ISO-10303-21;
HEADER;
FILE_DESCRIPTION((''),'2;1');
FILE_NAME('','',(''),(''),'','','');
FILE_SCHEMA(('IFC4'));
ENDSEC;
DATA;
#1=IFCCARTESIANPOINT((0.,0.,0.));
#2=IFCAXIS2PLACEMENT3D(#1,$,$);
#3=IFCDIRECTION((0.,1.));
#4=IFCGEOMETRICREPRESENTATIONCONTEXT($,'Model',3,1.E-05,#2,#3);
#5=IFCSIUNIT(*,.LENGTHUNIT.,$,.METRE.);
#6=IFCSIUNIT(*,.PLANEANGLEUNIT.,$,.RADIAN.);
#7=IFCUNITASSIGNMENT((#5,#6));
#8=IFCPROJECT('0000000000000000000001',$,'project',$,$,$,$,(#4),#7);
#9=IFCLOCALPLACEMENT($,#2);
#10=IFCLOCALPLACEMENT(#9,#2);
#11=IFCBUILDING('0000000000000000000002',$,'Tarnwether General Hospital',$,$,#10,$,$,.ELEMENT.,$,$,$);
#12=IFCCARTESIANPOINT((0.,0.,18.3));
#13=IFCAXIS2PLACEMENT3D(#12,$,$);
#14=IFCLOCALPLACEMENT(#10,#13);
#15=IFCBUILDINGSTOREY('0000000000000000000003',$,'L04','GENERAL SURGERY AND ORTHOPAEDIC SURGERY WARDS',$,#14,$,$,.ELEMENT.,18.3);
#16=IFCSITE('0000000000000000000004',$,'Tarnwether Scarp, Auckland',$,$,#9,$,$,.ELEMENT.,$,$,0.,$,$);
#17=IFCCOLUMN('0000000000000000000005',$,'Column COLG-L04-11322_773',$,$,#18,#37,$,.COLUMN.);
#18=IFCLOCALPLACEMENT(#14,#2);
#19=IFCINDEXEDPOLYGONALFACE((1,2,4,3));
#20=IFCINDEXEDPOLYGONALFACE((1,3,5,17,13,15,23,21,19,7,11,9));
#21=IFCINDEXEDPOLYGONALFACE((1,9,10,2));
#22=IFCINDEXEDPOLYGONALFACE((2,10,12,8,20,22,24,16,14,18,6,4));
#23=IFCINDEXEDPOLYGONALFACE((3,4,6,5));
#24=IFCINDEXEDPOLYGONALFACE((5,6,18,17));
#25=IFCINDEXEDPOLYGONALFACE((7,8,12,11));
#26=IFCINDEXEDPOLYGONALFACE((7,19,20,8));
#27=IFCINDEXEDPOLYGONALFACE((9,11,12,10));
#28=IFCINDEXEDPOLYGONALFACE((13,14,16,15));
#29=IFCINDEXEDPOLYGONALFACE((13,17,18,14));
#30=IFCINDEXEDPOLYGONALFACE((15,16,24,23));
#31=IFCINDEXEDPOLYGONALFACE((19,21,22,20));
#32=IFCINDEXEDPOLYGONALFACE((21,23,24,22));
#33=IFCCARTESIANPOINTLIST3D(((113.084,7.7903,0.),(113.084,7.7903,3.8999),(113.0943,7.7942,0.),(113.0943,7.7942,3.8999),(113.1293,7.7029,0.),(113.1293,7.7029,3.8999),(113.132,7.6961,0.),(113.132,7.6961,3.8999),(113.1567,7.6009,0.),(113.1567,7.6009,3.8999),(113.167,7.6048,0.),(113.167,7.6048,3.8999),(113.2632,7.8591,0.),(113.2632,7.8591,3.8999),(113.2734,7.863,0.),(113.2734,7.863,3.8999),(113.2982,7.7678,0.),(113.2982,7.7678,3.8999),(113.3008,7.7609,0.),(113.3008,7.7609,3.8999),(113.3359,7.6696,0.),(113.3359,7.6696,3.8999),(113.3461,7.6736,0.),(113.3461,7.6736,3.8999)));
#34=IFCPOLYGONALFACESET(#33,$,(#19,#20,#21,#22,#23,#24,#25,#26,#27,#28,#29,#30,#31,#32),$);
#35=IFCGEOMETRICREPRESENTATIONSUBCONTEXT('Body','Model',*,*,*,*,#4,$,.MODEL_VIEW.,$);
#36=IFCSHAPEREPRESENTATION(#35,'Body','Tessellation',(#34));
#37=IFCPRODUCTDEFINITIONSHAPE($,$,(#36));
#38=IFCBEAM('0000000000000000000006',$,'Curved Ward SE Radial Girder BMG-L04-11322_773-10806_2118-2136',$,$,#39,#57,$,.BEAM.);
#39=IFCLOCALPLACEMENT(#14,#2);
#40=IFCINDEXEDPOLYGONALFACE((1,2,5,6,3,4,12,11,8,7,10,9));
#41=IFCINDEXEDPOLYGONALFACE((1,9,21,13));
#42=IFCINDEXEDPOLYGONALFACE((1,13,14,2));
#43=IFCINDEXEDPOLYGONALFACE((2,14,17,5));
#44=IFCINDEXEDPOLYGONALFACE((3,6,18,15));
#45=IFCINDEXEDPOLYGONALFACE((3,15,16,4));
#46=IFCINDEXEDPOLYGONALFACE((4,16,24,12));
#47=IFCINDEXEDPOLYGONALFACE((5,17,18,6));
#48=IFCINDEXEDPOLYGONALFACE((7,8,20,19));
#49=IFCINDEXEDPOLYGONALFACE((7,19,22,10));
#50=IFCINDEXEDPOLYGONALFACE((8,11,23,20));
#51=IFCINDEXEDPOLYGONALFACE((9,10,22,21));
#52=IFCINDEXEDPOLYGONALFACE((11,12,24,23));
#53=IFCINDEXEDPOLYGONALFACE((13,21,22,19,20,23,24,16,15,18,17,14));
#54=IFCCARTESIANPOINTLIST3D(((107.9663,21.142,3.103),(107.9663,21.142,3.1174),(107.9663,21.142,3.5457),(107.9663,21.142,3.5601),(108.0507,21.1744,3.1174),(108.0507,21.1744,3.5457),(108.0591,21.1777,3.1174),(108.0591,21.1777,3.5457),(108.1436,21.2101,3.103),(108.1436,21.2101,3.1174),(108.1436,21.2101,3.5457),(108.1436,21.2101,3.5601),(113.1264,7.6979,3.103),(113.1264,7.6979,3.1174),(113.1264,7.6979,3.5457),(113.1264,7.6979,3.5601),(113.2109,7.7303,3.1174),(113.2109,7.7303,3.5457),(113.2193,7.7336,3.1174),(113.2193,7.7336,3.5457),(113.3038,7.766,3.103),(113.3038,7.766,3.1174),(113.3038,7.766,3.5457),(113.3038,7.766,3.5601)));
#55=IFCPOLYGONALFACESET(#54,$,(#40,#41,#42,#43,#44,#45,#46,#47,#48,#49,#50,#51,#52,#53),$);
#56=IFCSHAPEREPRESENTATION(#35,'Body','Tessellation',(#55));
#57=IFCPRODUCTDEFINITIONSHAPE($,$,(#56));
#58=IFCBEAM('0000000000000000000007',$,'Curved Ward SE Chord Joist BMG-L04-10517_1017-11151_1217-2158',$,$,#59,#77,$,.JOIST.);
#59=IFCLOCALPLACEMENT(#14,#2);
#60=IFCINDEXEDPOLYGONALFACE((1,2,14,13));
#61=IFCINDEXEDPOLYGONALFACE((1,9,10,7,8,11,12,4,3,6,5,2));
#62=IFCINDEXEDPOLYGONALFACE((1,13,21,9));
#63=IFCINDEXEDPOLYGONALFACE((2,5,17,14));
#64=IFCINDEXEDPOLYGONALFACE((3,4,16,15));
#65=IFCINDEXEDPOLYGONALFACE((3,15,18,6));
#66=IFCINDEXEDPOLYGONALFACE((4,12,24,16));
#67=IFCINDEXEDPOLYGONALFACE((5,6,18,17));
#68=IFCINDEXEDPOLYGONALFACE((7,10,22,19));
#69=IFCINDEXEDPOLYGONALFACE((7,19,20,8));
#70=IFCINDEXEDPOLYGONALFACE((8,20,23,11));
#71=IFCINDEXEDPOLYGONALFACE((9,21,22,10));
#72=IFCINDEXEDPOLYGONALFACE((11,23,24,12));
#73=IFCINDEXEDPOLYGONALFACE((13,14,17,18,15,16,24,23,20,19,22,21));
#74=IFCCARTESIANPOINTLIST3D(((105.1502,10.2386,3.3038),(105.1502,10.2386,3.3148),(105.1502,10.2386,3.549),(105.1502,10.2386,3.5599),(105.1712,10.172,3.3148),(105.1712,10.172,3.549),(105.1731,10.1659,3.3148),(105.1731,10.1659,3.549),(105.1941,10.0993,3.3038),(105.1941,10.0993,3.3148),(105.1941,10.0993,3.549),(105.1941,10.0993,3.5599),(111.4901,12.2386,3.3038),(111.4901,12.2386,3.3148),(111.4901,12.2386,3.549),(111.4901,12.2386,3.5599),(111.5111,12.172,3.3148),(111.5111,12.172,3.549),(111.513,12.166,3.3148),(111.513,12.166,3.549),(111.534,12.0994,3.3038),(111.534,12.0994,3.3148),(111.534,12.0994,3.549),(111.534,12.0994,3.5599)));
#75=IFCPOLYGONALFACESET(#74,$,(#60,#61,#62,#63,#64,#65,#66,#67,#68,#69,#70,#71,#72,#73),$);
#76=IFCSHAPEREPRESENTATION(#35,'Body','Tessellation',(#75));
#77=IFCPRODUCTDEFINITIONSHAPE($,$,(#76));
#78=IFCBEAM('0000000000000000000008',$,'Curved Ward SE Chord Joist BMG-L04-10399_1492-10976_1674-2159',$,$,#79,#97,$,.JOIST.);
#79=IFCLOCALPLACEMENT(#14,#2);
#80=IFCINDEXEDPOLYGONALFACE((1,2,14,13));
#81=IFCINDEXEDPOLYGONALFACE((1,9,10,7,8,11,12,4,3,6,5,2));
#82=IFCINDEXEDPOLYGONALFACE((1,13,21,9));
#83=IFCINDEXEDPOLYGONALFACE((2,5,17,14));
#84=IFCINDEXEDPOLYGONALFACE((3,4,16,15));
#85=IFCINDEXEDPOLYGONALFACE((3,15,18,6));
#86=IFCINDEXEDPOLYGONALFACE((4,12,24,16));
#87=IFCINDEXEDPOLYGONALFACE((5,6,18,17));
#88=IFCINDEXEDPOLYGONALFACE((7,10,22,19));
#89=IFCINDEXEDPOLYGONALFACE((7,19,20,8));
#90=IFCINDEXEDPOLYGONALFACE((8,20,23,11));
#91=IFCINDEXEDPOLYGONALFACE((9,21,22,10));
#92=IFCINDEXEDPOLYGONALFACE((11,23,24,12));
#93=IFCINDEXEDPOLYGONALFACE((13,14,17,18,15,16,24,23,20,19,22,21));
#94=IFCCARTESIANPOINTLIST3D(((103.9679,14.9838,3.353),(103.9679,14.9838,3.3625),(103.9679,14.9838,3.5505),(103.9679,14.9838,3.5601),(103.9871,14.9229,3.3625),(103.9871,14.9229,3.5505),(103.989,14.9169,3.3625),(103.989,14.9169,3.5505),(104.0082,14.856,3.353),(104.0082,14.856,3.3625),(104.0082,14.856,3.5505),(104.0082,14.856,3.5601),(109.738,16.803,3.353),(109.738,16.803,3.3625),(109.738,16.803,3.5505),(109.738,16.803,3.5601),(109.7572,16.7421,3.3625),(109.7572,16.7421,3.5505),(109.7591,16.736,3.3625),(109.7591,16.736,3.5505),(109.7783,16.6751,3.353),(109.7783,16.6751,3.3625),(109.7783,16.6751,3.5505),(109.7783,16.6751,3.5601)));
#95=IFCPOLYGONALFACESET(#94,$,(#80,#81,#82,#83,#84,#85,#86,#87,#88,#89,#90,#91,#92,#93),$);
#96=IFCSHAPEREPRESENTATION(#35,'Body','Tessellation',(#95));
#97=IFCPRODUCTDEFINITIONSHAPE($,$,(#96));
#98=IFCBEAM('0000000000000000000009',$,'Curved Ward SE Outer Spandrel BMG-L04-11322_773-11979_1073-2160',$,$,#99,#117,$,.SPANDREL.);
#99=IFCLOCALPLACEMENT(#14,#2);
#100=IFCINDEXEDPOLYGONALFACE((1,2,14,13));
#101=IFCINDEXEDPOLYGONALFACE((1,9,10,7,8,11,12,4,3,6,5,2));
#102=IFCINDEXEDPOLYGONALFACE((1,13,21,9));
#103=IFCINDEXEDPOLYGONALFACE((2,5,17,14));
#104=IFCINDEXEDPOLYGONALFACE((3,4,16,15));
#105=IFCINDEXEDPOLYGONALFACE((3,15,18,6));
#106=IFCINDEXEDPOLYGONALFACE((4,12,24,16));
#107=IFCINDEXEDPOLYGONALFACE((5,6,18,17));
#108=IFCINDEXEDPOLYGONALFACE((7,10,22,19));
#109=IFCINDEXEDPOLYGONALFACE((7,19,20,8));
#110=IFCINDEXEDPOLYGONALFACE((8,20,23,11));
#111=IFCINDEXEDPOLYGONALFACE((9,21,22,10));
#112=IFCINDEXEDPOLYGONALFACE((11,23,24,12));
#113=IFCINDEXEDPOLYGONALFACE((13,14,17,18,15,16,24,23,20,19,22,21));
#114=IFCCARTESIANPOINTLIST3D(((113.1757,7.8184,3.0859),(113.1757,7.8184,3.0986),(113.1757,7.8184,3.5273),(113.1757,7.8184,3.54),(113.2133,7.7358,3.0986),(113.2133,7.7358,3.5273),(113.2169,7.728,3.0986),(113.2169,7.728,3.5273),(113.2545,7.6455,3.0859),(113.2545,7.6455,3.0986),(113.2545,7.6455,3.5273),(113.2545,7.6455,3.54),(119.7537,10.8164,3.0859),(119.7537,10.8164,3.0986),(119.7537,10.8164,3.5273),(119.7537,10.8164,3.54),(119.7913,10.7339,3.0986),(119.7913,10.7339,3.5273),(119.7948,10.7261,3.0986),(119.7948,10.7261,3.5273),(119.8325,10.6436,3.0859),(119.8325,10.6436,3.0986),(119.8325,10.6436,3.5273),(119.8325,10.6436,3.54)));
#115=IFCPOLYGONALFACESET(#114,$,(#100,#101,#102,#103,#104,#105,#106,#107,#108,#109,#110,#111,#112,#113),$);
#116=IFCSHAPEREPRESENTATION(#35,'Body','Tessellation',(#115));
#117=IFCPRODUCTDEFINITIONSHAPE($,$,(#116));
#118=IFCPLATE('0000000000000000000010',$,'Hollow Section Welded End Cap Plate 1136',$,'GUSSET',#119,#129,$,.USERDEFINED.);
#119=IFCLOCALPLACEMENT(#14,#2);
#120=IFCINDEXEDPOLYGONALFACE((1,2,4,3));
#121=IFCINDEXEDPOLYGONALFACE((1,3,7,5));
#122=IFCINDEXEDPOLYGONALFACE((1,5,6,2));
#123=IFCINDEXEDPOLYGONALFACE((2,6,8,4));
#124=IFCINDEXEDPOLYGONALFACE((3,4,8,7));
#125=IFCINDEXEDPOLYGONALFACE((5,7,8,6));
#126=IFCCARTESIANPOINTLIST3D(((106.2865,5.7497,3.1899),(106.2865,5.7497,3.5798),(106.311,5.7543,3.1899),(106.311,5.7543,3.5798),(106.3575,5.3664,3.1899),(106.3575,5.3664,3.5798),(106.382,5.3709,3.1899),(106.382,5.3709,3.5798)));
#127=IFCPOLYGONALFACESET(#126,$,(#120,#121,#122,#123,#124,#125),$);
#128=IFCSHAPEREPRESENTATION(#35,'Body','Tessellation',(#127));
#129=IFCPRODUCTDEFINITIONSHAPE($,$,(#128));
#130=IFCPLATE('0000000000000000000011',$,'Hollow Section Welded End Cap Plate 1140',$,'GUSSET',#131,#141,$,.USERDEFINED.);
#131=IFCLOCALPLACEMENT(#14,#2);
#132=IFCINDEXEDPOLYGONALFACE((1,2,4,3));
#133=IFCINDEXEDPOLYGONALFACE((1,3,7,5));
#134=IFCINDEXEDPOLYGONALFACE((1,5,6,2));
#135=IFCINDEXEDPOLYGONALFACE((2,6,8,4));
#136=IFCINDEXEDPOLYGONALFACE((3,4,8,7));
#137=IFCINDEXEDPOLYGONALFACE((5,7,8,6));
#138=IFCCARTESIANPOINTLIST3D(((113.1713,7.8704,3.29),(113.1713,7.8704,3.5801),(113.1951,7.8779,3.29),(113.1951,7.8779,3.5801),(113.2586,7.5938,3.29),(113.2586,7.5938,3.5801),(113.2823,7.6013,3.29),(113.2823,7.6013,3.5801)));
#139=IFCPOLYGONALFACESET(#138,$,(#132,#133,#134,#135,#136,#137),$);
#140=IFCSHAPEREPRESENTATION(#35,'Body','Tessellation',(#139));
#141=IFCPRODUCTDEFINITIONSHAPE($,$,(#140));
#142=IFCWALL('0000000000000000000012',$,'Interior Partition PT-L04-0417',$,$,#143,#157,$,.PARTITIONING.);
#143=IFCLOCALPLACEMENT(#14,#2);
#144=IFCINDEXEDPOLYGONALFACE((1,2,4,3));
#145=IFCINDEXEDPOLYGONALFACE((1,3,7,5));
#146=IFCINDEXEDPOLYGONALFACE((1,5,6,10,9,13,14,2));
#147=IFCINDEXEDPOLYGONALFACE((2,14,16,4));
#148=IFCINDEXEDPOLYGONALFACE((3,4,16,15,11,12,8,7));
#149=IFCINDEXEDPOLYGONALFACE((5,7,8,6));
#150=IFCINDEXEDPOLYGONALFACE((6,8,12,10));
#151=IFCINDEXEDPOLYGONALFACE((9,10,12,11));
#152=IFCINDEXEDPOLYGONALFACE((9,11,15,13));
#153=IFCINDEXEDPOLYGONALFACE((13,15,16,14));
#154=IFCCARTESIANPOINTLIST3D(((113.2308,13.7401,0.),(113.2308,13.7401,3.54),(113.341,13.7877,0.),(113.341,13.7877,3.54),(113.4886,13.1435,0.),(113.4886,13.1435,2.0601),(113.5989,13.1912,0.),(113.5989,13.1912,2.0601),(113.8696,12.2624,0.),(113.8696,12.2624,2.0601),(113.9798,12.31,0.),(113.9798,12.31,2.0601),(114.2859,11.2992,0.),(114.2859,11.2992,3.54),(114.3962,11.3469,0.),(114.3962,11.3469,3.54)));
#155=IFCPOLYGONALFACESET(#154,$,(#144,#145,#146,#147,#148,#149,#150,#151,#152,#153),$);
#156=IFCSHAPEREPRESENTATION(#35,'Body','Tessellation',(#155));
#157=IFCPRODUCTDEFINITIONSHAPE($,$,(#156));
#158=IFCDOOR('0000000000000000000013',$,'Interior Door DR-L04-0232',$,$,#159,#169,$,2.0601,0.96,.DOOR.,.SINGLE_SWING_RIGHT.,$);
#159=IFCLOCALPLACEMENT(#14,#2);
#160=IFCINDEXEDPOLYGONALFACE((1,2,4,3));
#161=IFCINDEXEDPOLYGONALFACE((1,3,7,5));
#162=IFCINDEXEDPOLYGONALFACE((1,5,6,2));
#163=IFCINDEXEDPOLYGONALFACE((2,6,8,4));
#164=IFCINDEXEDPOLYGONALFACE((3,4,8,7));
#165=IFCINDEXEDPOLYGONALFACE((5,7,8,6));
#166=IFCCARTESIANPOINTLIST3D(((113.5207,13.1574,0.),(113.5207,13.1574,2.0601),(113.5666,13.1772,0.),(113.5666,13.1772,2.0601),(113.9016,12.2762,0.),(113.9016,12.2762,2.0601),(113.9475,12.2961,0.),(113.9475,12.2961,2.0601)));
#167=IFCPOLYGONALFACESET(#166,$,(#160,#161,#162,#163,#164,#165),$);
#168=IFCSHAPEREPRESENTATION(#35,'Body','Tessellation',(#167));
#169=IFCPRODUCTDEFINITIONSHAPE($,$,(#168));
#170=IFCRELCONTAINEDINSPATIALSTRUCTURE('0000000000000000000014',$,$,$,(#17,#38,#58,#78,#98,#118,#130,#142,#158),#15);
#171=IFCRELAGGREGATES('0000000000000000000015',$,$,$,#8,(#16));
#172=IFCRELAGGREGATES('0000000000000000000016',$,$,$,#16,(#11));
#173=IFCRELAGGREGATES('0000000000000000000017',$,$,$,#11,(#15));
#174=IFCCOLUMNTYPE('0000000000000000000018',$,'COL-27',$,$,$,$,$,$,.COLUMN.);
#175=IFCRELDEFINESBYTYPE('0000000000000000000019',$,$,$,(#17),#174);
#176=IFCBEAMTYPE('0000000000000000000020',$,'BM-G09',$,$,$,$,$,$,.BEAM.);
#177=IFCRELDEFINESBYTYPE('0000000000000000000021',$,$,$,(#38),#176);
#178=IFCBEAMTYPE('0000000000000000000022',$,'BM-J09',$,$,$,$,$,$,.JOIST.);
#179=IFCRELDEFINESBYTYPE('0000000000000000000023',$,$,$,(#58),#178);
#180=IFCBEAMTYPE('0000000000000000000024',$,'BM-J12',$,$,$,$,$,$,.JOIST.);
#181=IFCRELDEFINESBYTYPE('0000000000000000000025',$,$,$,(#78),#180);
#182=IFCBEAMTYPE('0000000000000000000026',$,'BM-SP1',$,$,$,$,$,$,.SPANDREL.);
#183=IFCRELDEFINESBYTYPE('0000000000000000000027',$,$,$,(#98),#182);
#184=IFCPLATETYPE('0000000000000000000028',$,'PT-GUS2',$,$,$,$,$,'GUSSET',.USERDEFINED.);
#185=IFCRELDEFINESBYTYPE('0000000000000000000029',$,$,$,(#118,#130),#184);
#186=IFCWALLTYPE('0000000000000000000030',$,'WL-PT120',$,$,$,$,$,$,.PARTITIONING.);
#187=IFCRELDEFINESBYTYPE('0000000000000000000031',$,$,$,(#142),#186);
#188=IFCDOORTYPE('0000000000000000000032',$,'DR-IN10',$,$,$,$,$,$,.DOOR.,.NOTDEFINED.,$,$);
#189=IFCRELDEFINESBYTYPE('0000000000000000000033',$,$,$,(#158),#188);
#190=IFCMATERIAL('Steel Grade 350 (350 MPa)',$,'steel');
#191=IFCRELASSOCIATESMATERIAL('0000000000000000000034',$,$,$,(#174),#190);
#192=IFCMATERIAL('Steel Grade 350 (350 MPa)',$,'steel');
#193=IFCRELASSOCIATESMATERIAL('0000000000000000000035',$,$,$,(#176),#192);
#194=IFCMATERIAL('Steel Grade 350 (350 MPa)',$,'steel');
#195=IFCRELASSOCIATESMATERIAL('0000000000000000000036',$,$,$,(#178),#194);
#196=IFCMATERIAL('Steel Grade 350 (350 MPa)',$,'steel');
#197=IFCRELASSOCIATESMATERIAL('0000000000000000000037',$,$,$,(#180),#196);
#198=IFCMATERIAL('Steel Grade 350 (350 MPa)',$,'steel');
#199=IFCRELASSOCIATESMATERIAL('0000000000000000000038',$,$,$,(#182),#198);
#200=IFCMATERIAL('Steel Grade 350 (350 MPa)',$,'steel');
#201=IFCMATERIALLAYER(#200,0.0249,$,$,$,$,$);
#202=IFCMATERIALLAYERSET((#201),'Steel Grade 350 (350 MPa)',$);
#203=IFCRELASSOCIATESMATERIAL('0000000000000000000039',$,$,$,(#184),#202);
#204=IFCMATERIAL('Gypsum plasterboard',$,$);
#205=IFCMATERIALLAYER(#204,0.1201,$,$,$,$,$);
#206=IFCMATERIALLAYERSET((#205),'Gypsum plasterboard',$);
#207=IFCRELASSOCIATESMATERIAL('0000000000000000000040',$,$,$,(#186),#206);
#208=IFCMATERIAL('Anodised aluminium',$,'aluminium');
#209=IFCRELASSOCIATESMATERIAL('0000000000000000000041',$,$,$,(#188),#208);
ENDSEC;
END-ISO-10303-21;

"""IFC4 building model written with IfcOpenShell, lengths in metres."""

from ifc_helpers import new_model, si_unit, direction, frame, frame_2d, origin, origin_2d, place, context, subcontext, project, spatial, rectangle, i_section, extrude, material, layer, layer_set, material_profile, profile_set, type_object, element, fill, save


model = new_model("IFC4")

# Units and contexts
model_context = context("Model", 3, precision=1e-05, world=origin(), true_north=direction((0.0, 1.0)))
body_context = subcontext(model_context, "Body", "Model", "MODEL_VIEW")
ifc_project = project(units=[si_unit("LENGTHUNIT", "METRE"), si_unit("PLANEANGLEUNIT", "RADIAN")], contexts=[model_context])

# Site, building, storey
site_placement = place(None, origin())
site = spatial("IfcSite", under=ifc_project, at=site_placement, Name="Tarnwether Scarp, Auckland", CompositionType="ELEMENT", RefElevation=0.0)
building_placement = place(site_placement, origin())
building = spatial("IfcBuilding", under=site, at=building_placement, Name="Tarnwether General Hospital", CompositionType="ELEMENT")
storey_placement = place(building_placement, frame((0.0, 0.0, 18.3)))
storey = spatial("IfcBuildingStorey", under=building, at=storey_placement, Name="L04", Description="GENERAL SURGERY AND ORTHOPAEDIC SURGERY WARDS", CompositionType="ELEMENT", Elevation=18.3)

# Column
ifc_material_1 = material(Name="Steel Grade 350 (350 MPa)", Category="steel")
ifc_material_profile_1 = material_profile(ifc_material_1, i_section(OverallWidth=0.2029, OverallDepth=0.2029, WebThickness=0.0073, FlangeThickness=0.011, at=origin_2d()), Name="200UC46.2")
ifc_profile_set_1 = profile_set([ifc_material_profile_1], Name="Steel Grade 350 (350 MPa)")
column_type = type_object("IfcColumnType", Name="COL-27", PredefinedType="COLUMN", material=ifc_profile_set_1)
column_placement = place(storey_placement, frame((113.2151, 7.7319, 0.0), z_axis=(0.0, 0.0, 1.0), x_axis=(-0.358368, 0.93358, 0.0)))
element("IfcColumn", 1, at=column_placement, inside=storey, type_object=column_type, Name="Column COLG-L04-11322_773", PredefinedType="COLUMN", context=body_context, shape_type="SweptSolid", body=[
    extrude(i_section(OverallWidth=0.2029, OverallDepth=0.2029, WebThickness=0.0073, FlangeThickness=0.011, at=origin_2d()), origin(), (0.0, 0.0, 1.0), 3.8999),
])

# Beams
ifc_material_2 = material(Name="Steel Grade 350 (350 MPa)", Category="steel")
ifc_material_profile_2 = material_profile(ifc_material_2, i_section(OverallWidth=0.1899, OverallDepth=0.457, WebThickness=0.009, FlangeThickness=0.0144, at=origin_2d()), Name="460UB74.6")
ifc_profile_set_2 = profile_set([ifc_material_profile_2], Name="Steel Grade 350 (350 MPa)")
beam_type_1 = type_object("IfcBeamType", Name="BM-G09", PredefinedType="BEAM", material=ifc_profile_set_2)
beam_1_placement = place(storey_placement, frame((113.2151, 7.7319, 3.3315), z_axis=(-0.358335, 0.933593, 0.0), x_axis=(-0.933593, -0.358335, 0.0)))
element("IfcBeam", 2, at=beam_1_placement, inside=storey, type_object=beam_type_1, Name="Curved Ward SE Radial Girder BMG-L04-11322_773-10806_2118-2136", PredefinedType="BEAM", context=body_context, shape_type="SweptSolid", body=[
    extrude(i_section(OverallWidth=0.1899, OverallDepth=0.457, WebThickness=0.009, FlangeThickness=0.0144, at=origin_2d()), origin(), (0.0, 0.0, 1.0), 14.4004),
])
ifc_material_3 = material(Name="Steel Grade 350 (350 MPa)", Category="steel")
ifc_material_profile_3 = material_profile(ifc_material_3, i_section(OverallWidth=0.146, OverallDepth=0.2561, WebThickness=0.0063, FlangeThickness=0.011, at=origin_2d()), Name="250UB37.3")
ifc_profile_set_3 = profile_set([ifc_material_profile_3], Name="Steel Grade 350 (350 MPa)")
beam_type_2 = type_object("IfcBeamType", Name="BM-J09", PredefinedType="JOIST", material=ifc_profile_set_3)
beam_2_placement = place(storey_placement, frame((105.1721, 10.1689, 3.4319), z_axis=(0.953671, 0.30085, 0.0), x_axis=(-0.30085, 0.953671, 0.0)))
element("IfcBeam", 3, at=beam_2_placement, inside=storey, type_object=beam_type_2, Name="Curved Ward SE Chord Joist BMG-L04-10517_1017-11151_1217-2158", PredefinedType="JOIST", context=body_context, shape_type="SweptSolid", body=[
    extrude(i_section(OverallWidth=0.146, OverallDepth=0.2561, WebThickness=0.0063, FlangeThickness=0.011, at=origin_2d()), origin(), (0.0, 0.0, 1.0), 6.6479),
])
ifc_material_4 = material(Name="Steel Grade 350 (350 MPa)", Category="steel")
ifc_material_profile_4 = material_profile(ifc_material_4, i_section(OverallWidth=0.134, OverallDepth=0.207, WebThickness=0.0063, FlangeThickness=0.0095, at=origin_2d()), Name="200UB29.8")
ifc_profile_set_4 = profile_set([ifc_material_profile_4], Name="Steel Grade 350 (350 MPa)")
beam_type_3 = type_object("IfcBeamType", Name="BM-J12", PredefinedType="JOIST", material=ifc_profile_set_4)
beam_3_placement = place(storey_placement, frame((103.988, 14.9199, 3.4565), z_axis=(0.953726, 0.300677, 0.0), x_axis=(-0.300677, 0.953726, 0.0)))
element("IfcBeam", 4, at=beam_3_placement, inside=storey, type_object=beam_type_3, Name="Curved Ward SE Chord Joist BMG-L04-10399_1492-10976_1674-2159", PredefinedType="JOIST", context=body_context, shape_type="SweptSolid", body=[
    extrude(i_section(OverallWidth=0.134, OverallDepth=0.207, WebThickness=0.0063, FlangeThickness=0.0095, at=origin_2d()), origin(), (0.0, 0.0, 1.0), 6.05),
])
ifc_material_5 = material(Name="Steel Grade 350 (350 MPa)", Category="steel")
ifc_material_profile_5 = material_profile(ifc_material_5, i_section(OverallWidth=0.1899, OverallDepth=0.4541, WebThickness=0.0085, FlangeThickness=0.0127, at=origin_2d()), Name="460UB67.1")
ifc_profile_set_5 = profile_set([ifc_material_profile_5], Name="Steel Grade 350 (350 MPa)")
beam_type_4 = type_object("IfcBeamType", Name="BM-SP1", PredefinedType="SPANDREL", material=ifc_profile_set_5)
beam_4_placement = place(storey_placement, frame((113.2151, 7.7319, 3.313), z_axis=(0.909944, 0.414731, 0.0), x_axis=(-0.414731, 0.909944, 0.0)))
element("IfcBeam", 5, at=beam_4_placement, inside=storey, type_object=beam_type_4, Name="Curved Ward SE Outer Spandrel BMG-L04-11322_773-11979_1073-2160", PredefinedType="SPANDREL", context=body_context, shape_type="SweptSolid", body=[
    extrude(i_section(OverallWidth=0.1899, OverallDepth=0.4541, WebThickness=0.0085, FlangeThickness=0.0127, at=origin_2d()), origin(), (0.0, 0.0, 1.0), 7.229),
])

# Plates
ifc_material_6 = material(Name="Steel Grade 350 (350 MPa)", Category="steel")
ifc_layer_1 = layer(ifc_material_6, 0.0249)
ifc_layer_set_1 = layer_set([ifc_layer_1], Name="Steel Grade 350 (350 MPa)")
plate_type = type_object("IfcPlateType", Name="PT-GUS2", ElementType="GUSSET", PredefinedType="USERDEFINED", material=ifc_layer_set_1)
plate_1_placement = place(storey_placement, frame((106.3342, 5.5603, 3.1899), z_axis=(0.0, 0.0, 1.0), x_axis=(0.983261, 0.182201, 0.0)))
element("IfcPlate", 6, at=plate_1_placement, inside=storey, type_object=plate_type, Name="Hollow Section Welded End Cap Plate 1136", ObjectType="GUSSET", PredefinedType="USERDEFINED", context=body_context, shape_type="SweptSolid", body=[
    extrude(rectangle(XDim=0.0249, YDim=0.3899, at=origin_2d()), origin(), (0.0, 0.0, 1.0), 0.3899),
])
plate_2_placement = place(storey_placement, frame((113.2268, 7.7358, 3.29), z_axis=(0.0, 0.0, 1.0), x_axis=(0.953691, 0.300789, 0.0)))
element("IfcPlate", 7, at=plate_2_placement, inside=storey, type_object=plate_type, Name="Hollow Section Welded End Cap Plate 1140", ObjectType="GUSSET", PredefinedType="USERDEFINED", context=body_context, shape_type="SweptSolid", body=[
    extrude(rectangle(XDim=0.0249, YDim=0.29, at=origin_2d()), origin(), (0.0, 0.0, 1.0), 0.29),
])

# Wall, opening, door
ifc_material_7 = material(Name="Gypsum plasterboard")
ifc_layer_2 = layer(ifc_material_7, 0.1201)
ifc_layer_set_2 = layer_set([ifc_layer_2], Name="Gypsum plasterboard")
wall_type_1 = type_object("IfcWallType", Name="WL-PT120", PredefinedType="PARTITIONING", material=ifc_layer_set_2)
wall_1_placement = place(storey_placement, frame((113.2859, 13.7639, 0.0), z_axis=(0.0, 0.0, 1.0), x_axis=(0.396798, -0.917906, 0.0)))
wall_1 = element("IfcWall", 8, at=wall_1_placement, inside=storey, type_object=wall_type_1, Name="Interior Partition PT-L04-0417", PredefinedType="PARTITIONING", context=body_context, shape_type="SweptSolid", body=[
    extrude(rectangle(XDim=2.6592, YDim=0.1201, at=frame_2d((1.3296, 0.0))), origin(), (0.0, 0.0, 1.0), 3.54),
])
opening_1_placement = place(wall_1_placement, frame((0.6499, 0.0, 0.0)))
opening_1 = element("IfcOpeningElement", 9, at=opening_1_placement, cuts=wall_1, PredefinedType="OPENING", context=body_context, shape_type="SweptSolid", body=[
    extrude(rectangle(XDim=0.96, YDim=2.0601, at=frame_2d((0.48, 1.03))), frame((0.0, 0.0701, 0.0), z_axis=(0.0, -1.0, 0.0), x_axis=(1.0, 0.0, 0.0)), (0.0, 0.0, 1.0), 0.1401),
])
ifc_material_8 = material(Name="Anodised aluminium", Category="aluminium")
door_type_1 = type_object("IfcDoorType", Name="DR-IN10", OperationType="NOTDEFINED", PredefinedType="DOOR", material=ifc_material_8)
door_1_placement = place(opening_1_placement, origin())
door_1 = element("IfcDoor", 10, at=door_1_placement, inside=storey, type_object=door_type_1, Name="Interior Door DR-L04-0232", OperationType="SINGLE_SWING_RIGHT", OverallHeight=2.0601, OverallWidth=0.96, PredefinedType="DOOR", context=body_context, shape_type="SweptSolid", body=[
    extrude(rectangle(XDim=0.96, YDim=2.0601, at=frame_2d((0.48, 1.03))), frame((0.0, 0.0249, 0.0), z_axis=(0.0, -1.0, 0.0), x_axis=(1.0, 0.0, 0.0)), (0.0, 0.0, 1.0), 0.05),
])
fill(opening_1, door_1)

save(model, "model.ifc")
